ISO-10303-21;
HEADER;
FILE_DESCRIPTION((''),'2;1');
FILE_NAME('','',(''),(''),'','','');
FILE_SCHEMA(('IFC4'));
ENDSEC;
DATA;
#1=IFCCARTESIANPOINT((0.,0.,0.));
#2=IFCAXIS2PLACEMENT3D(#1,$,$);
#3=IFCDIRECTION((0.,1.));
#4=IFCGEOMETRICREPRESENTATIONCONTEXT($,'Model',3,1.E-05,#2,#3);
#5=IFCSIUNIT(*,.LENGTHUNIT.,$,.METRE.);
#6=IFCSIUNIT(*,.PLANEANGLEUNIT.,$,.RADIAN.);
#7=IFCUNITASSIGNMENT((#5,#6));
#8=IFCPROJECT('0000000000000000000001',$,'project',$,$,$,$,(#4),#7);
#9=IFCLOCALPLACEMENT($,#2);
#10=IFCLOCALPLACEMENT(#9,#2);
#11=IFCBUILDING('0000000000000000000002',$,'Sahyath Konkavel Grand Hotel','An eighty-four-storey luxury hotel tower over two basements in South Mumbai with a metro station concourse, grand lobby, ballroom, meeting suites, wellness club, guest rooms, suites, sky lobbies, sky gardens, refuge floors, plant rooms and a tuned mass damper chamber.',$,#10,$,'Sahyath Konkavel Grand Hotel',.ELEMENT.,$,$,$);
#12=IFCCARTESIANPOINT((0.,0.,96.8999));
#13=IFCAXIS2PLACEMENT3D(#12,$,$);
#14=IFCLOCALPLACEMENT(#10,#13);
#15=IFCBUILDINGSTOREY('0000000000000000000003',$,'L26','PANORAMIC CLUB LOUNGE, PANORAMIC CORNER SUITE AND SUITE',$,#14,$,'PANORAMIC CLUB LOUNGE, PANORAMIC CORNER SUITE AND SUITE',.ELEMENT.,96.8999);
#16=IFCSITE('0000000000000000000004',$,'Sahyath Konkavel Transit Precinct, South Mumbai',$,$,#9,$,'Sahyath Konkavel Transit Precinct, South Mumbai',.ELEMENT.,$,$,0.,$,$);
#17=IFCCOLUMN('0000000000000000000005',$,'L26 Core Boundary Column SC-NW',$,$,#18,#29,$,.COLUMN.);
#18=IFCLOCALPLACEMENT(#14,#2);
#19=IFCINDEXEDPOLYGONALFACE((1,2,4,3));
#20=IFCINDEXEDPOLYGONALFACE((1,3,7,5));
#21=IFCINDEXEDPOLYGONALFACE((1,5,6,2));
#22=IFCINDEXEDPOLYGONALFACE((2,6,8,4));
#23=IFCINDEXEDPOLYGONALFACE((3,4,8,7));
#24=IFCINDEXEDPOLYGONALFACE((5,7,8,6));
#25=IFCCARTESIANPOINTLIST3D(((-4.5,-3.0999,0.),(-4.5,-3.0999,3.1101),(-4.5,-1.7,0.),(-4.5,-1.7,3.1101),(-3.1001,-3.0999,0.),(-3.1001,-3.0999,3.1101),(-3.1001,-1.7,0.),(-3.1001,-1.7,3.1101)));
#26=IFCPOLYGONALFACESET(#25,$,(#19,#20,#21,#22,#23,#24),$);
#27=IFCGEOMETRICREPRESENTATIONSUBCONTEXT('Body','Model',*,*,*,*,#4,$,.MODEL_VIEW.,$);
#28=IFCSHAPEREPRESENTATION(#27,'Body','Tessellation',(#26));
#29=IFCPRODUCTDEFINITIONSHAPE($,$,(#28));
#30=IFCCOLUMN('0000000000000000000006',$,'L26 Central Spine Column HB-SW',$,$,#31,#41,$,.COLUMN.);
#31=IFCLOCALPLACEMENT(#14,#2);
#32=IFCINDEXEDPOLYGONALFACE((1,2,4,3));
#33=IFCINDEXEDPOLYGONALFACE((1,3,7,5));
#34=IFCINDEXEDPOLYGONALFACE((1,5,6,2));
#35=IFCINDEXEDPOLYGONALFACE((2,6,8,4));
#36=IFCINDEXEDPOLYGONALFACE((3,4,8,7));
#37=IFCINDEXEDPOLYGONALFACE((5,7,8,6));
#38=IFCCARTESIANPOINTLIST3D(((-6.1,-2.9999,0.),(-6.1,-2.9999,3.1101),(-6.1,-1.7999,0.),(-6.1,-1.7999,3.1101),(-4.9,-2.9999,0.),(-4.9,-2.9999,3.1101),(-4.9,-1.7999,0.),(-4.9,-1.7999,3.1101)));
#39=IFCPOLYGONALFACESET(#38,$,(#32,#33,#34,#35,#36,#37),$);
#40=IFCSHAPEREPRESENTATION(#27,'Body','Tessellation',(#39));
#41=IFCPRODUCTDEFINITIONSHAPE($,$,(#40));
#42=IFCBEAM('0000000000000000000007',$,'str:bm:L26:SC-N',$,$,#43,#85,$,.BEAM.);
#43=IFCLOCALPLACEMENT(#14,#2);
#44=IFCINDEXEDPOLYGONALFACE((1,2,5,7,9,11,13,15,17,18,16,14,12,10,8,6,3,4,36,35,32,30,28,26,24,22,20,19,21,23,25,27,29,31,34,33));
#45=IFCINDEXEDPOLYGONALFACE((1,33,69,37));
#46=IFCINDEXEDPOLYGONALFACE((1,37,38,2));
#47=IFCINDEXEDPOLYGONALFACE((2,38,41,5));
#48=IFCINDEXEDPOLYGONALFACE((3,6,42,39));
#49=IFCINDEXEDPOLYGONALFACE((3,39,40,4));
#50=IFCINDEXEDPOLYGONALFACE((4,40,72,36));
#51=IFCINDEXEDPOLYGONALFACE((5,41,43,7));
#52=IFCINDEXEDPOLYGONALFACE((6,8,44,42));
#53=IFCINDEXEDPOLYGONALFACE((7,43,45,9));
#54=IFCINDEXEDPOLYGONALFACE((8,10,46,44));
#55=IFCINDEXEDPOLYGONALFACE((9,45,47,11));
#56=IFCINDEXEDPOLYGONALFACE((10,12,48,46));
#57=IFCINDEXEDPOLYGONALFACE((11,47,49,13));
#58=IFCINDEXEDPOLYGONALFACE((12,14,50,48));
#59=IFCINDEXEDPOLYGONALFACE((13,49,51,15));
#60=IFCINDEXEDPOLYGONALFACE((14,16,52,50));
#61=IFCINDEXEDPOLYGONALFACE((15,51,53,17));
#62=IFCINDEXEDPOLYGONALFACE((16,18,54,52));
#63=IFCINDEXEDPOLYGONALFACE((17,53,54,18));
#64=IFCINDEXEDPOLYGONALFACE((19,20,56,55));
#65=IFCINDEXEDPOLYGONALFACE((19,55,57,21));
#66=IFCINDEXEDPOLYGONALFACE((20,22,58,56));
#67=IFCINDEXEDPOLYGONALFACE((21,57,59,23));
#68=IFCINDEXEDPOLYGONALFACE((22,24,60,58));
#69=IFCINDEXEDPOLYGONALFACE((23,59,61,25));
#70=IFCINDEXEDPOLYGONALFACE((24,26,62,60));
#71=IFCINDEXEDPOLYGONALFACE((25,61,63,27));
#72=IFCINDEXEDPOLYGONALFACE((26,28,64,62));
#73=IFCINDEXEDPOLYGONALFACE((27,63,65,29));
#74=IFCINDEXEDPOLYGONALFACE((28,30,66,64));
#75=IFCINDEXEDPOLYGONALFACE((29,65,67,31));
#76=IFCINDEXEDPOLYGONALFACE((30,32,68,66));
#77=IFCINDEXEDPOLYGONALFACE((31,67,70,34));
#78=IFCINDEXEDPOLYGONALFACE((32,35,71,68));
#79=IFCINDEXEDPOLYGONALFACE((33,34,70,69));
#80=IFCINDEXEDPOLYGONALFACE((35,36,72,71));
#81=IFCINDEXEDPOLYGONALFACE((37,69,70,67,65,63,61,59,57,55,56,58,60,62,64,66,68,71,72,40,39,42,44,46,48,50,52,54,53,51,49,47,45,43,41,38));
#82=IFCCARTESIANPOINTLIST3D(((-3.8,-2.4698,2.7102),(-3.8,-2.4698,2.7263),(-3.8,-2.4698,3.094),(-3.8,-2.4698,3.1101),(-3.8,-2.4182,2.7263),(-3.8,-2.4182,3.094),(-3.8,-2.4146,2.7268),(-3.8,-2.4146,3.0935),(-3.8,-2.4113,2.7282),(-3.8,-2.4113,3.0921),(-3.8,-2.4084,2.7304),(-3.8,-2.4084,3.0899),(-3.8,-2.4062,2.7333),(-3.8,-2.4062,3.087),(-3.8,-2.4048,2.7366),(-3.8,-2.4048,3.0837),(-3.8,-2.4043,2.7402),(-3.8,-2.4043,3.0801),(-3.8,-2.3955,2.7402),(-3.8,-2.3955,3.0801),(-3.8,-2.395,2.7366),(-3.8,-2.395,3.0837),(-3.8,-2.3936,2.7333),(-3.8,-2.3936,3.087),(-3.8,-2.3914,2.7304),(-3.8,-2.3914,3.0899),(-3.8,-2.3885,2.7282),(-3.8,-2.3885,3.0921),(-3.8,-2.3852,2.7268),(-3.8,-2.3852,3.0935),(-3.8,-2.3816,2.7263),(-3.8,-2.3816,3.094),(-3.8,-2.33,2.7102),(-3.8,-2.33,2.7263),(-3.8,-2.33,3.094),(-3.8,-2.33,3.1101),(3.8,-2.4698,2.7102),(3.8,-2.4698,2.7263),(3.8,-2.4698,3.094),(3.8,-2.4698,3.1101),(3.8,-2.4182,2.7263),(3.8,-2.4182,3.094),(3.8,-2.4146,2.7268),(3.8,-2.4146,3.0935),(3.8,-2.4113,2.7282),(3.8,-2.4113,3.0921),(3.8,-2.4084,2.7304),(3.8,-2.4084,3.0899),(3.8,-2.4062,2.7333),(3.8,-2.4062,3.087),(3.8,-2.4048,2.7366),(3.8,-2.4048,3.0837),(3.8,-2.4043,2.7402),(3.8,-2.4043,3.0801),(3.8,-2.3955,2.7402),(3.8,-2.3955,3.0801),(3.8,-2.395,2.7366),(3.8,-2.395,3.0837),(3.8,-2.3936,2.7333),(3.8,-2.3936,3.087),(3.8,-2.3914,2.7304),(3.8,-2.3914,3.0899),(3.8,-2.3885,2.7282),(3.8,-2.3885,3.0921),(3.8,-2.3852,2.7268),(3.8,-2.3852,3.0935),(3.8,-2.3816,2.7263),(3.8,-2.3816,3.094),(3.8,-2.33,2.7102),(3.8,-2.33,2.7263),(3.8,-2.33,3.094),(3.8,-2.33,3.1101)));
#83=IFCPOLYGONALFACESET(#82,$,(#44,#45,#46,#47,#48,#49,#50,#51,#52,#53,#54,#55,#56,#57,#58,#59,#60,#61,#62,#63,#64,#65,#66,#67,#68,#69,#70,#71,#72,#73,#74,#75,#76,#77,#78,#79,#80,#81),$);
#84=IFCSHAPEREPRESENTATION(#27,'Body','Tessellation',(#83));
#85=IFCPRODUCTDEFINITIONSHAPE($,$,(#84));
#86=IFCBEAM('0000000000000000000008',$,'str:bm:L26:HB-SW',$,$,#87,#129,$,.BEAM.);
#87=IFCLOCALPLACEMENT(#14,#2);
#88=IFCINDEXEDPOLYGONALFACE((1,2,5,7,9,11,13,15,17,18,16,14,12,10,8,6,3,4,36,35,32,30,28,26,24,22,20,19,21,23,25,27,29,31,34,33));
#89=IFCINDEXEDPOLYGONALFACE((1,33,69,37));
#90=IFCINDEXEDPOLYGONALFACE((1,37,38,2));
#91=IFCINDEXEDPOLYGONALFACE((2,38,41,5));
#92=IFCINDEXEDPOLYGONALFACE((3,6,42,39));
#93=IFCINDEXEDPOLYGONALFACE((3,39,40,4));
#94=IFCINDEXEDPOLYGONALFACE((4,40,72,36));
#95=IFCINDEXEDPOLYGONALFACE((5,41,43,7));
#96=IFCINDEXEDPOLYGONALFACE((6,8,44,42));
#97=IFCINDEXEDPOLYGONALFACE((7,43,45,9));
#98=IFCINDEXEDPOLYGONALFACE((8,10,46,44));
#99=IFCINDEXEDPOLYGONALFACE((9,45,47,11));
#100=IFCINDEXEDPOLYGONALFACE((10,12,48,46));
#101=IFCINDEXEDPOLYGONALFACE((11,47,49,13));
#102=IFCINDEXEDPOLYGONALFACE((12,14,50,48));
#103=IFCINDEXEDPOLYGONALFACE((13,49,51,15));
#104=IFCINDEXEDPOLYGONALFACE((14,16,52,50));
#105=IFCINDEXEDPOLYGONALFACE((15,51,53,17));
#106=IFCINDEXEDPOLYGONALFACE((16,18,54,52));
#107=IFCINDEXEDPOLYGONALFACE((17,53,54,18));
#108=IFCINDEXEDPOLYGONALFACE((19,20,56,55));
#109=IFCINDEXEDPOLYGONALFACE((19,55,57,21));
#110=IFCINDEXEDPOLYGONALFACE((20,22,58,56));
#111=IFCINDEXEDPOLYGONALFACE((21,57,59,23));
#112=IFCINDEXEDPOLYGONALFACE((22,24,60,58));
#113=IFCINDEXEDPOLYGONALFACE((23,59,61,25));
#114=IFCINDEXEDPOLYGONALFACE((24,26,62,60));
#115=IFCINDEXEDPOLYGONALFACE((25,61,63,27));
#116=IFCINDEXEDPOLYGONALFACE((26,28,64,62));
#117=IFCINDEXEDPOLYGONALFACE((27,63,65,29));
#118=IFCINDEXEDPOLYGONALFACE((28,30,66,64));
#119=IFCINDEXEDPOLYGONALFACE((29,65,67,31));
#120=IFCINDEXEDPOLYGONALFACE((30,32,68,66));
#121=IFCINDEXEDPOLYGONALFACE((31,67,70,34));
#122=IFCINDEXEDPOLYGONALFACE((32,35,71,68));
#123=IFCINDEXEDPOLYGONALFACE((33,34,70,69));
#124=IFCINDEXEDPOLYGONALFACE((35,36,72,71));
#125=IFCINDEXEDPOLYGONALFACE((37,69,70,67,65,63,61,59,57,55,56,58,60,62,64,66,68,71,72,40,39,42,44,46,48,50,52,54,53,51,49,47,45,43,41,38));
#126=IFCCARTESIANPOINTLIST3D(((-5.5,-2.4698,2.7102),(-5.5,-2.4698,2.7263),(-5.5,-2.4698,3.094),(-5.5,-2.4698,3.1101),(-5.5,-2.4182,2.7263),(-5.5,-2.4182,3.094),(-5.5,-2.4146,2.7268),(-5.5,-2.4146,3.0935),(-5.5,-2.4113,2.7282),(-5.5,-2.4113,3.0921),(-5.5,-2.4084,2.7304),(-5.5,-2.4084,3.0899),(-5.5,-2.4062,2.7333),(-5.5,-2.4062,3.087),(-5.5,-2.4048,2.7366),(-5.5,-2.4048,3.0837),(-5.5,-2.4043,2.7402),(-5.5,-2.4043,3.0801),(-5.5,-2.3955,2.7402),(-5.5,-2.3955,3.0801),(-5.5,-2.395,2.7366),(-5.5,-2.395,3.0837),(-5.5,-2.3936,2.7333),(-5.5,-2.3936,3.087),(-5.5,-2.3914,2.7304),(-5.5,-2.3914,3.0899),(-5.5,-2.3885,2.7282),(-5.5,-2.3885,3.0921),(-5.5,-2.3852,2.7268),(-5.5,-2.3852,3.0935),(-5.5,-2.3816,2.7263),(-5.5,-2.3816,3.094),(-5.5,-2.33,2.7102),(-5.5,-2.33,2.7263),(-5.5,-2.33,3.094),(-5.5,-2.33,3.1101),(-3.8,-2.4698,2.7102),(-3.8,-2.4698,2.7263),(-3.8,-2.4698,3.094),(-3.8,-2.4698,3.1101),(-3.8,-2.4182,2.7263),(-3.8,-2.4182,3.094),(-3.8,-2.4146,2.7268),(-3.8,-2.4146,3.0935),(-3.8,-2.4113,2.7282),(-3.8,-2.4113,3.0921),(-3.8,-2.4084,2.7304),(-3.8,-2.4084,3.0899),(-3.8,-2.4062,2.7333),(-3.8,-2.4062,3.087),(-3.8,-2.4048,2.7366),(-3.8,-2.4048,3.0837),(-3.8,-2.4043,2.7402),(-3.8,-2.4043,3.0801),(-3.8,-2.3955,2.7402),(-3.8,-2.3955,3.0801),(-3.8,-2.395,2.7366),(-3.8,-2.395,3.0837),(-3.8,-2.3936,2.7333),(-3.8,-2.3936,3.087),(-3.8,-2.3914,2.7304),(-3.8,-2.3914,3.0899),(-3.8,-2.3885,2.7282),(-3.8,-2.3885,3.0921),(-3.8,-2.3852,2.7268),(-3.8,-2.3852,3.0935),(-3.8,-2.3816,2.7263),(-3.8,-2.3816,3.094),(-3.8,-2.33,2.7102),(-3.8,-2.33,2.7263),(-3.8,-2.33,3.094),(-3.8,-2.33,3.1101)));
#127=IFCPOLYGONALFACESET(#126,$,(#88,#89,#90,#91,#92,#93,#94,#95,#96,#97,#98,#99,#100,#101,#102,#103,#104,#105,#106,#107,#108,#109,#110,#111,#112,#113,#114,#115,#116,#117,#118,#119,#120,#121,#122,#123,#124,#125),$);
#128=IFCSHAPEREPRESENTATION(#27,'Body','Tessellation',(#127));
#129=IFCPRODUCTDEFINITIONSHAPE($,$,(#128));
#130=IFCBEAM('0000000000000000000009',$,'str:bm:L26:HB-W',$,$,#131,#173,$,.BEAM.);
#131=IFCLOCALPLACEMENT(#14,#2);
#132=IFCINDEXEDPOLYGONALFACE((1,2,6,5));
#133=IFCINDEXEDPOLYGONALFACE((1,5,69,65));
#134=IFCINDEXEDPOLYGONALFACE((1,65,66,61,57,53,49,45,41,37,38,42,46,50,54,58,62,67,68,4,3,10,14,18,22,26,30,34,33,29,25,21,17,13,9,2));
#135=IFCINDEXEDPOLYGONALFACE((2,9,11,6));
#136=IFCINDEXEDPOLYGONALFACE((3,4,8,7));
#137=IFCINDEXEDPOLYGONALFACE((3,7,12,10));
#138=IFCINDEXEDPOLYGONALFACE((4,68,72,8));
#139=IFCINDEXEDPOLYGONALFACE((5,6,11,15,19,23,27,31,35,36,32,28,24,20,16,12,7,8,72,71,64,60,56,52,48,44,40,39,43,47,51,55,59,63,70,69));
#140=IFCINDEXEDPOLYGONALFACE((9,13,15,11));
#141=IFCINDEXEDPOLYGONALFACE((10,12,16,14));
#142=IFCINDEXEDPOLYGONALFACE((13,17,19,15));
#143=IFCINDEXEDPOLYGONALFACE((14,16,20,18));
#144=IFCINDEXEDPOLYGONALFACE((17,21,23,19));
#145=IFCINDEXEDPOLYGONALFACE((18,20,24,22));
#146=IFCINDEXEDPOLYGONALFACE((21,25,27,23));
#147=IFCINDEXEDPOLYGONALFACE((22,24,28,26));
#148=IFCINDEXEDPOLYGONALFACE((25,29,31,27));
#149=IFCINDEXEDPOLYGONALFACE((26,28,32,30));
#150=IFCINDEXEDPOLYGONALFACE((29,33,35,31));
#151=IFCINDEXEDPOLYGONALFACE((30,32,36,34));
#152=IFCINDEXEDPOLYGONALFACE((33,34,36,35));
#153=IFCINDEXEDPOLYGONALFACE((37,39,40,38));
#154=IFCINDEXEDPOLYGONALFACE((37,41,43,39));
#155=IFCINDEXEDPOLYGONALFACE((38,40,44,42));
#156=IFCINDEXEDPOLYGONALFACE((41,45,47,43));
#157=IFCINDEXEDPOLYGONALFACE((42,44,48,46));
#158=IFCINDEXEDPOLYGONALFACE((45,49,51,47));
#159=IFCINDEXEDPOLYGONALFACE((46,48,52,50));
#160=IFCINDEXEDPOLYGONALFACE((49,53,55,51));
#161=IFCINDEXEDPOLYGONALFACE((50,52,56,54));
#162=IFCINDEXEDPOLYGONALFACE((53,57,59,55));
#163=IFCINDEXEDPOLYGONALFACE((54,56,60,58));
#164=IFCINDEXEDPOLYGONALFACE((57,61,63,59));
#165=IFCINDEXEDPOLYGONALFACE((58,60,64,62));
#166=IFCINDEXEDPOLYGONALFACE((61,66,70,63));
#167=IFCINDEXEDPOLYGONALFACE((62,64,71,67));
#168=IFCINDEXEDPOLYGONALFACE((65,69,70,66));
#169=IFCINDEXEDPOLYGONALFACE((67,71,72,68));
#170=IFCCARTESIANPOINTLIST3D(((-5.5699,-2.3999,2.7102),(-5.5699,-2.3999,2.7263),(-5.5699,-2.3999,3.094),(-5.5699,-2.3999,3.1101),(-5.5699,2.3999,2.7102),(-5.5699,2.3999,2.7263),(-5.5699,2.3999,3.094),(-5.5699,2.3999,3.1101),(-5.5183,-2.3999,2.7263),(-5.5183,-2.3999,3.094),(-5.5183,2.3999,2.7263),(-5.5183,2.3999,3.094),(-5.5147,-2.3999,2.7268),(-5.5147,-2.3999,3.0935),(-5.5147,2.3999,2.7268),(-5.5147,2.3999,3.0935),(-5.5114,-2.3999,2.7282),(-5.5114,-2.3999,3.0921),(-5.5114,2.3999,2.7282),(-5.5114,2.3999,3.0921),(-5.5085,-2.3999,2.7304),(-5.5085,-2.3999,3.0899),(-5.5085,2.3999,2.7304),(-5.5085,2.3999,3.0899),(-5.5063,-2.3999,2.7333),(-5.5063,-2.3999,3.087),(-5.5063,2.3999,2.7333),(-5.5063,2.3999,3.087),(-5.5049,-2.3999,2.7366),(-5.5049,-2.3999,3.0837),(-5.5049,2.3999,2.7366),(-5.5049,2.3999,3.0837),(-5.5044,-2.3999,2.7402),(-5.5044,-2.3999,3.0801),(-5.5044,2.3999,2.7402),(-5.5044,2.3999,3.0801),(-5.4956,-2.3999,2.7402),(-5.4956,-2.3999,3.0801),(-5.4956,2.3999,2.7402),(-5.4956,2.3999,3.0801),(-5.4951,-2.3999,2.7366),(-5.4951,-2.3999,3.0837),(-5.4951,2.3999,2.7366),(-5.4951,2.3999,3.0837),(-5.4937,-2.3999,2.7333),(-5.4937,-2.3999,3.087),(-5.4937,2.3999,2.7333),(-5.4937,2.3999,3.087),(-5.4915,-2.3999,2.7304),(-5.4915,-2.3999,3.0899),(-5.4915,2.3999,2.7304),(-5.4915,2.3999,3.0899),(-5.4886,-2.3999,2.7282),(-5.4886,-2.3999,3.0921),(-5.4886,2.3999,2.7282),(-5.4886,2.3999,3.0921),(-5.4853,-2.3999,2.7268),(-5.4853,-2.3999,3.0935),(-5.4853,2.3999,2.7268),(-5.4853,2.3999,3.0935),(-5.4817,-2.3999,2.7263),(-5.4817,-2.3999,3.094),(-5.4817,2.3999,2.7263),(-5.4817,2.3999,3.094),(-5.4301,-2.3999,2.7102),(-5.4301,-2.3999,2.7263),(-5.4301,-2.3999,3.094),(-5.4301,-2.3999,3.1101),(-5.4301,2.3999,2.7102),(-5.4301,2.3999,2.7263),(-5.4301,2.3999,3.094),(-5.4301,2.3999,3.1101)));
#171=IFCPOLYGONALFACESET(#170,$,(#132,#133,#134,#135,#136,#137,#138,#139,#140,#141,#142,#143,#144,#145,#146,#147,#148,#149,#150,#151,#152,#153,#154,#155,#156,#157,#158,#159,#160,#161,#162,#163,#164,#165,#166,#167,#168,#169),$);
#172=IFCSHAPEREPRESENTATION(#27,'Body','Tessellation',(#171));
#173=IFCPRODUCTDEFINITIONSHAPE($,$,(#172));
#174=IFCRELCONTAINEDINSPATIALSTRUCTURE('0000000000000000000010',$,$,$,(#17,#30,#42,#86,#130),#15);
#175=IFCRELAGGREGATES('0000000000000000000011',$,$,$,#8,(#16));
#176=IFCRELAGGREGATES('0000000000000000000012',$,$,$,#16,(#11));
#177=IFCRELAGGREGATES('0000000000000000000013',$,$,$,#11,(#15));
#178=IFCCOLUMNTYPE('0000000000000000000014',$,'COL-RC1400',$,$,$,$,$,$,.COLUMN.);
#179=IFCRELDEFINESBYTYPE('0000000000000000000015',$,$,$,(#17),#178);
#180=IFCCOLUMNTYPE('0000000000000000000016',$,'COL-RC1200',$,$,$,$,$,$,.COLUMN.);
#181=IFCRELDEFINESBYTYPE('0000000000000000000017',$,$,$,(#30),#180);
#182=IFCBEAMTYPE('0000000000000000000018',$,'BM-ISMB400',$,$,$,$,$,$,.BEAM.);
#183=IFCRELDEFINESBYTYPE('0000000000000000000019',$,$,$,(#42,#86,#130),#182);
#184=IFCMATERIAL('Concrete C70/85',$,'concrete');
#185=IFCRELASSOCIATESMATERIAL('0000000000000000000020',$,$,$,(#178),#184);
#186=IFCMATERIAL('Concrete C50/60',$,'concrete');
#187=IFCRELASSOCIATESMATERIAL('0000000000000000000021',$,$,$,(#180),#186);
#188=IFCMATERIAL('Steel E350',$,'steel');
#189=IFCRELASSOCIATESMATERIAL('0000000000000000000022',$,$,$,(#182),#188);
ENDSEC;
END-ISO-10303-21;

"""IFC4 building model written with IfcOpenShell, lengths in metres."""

from ifc_helpers import new_model, si_unit, direction, frame, origin, origin_2d, place, context, subcontext, project, spatial, rectangle, i_section, extrude, source, transform, mapped, material, material_profile, profile_set, type_object, element, save


model = new_model("IFC4")

# Units and contexts
model_context = context("Model", 3, precision=1e-05, world=origin(), true_north=direction((0.0, 1.0)))
body_context = subcontext(model_context, "Body", "Model", "MODEL_VIEW")
ifc_project = project(units=[si_unit("LENGTHUNIT", "METRE"), si_unit("PLANEANGLEUNIT", "RADIAN")], contexts=[model_context])

# Site, building, storey
site_placement = place(None, origin())
site = spatial("IfcSite", under=ifc_project, at=site_placement, Name="Sahyath Konkavel Transit Precinct, South Mumbai", LongName="Sahyath Konkavel Transit Precinct, South Mumbai", CompositionType="ELEMENT", RefElevation=0.0)
building_placement = place(site_placement, origin())
building = spatial("IfcBuilding", under=site, at=building_placement, Name="Sahyath Konkavel Grand Hotel", Description="An eighty-four-storey luxury hotel tower over two basements in South Mumbai with a metro station concourse, grand lobby, ballroom, meeting suites, wellness club, guest rooms, suites, sky lobbies, sky gardens, refuge floors, plant rooms and a tuned mass damper chamber.", LongName="Sahyath Konkavel Grand Hotel", CompositionType="ELEMENT")
storey_placement = place(building_placement, frame((0.0, 0.0, 96.8999)))
storey = spatial("IfcBuildingStorey", under=building, at=storey_placement, Name="L26", Description="PANORAMIC CLUB LOUNGE, PANORAMIC CORNER SUITE AND SUITE", LongName="PANORAMIC CLUB LOUNGE, PANORAMIC CORNER SUITE AND SUITE", CompositionType="ELEMENT", Elevation=96.8999)

# Columns
ifc_material_1 = material(Name="Concrete C70/85", Category="concrete")
ifc_material_profile_1 = material_profile(ifc_material_1, rectangle(XDim=1.3999, YDim=1.3999, at=origin_2d()), Name="RC 1400x1400")
ifc_profile_set_1 = profile_set([ifc_material_profile_1], Name="Concrete C70/85")
column_type_1 = type_object("IfcColumnType", Name="COL-RC1400", PredefinedType="COLUMN", material=ifc_profile_set_1)
shared_shape_1 = source(origin(), body_context, "Body", "SweptSolid", [
    extrude(rectangle(XDim=1.3999, YDim=1.3999, at=origin_2d()), origin(), (0.0, 0.0, 1.0), 3.1101),
])
column_1_placement = place(storey_placement, frame((-3.8, -2.3999, 0.0), z_axis=(0.0, 0.0, 1.0), x_axis=(1.0, 0.0, 0.0)))
element("IfcColumn", 1, at=column_1_placement, inside=storey, type_object=column_type_1, Name="L26 Core Boundary Column SC-NW", PredefinedType="COLUMN", context=body_context, shape_type="MappedRepresentation", body=[
    mapped(shared_shape_1, transform((0.0, 0.0, 0.0), scale=1.0)),
])
ifc_material_2 = material(Name="Concrete C50/60", Category="concrete")
ifc_material_profile_2 = material_profile(ifc_material_2, rectangle(XDim=1.2, YDim=1.2, at=origin_2d()), Name="RC 1200x1200")
ifc_profile_set_2 = profile_set([ifc_material_profile_2], Name="Concrete C50/60")
column_type_2 = type_object("IfcColumnType", Name="COL-RC1200", PredefinedType="COLUMN", material=ifc_profile_set_2)
shared_shape_2 = source(origin(), body_context, "Body", "SweptSolid", [
    extrude(rectangle(XDim=1.2, YDim=1.2, at=origin_2d()), origin(), (0.0, 0.0, 1.0), 3.1101),
])
column_2_placement = place(storey_placement, frame((-5.5, -2.3999, 0.0), z_axis=(0.0, 0.0, 1.0), x_axis=(1.0, 0.0, 0.0)))
element("IfcColumn", 2, at=column_2_placement, inside=storey, type_object=column_type_2, Name="L26 Central Spine Column HB-SW", PredefinedType="COLUMN", context=body_context, shape_type="MappedRepresentation", body=[
    mapped(shared_shape_2, transform((0.0, 0.0, 0.0), scale=1.0)),
])

# Beams
ifc_material_3 = material(Name="Steel E350", Category="steel")
ifc_material_profile_3 = material_profile(ifc_material_3, i_section(OverallWidth=0.1399, OverallDepth=0.3999, WebThickness=0.0088, FlangeThickness=0.0161, FilletRadius=0.0139, at=origin_2d()), Name="ISMB 400")
ifc_profile_set_3 = profile_set([ifc_material_profile_3], Name="Steel E350")
beam_type_1 = type_object("IfcBeamType", Name="BM-ISMB400", PredefinedType="BEAM", material=ifc_profile_set_3)
shared_shape_3 = source(origin(), body_context, "Body", "SweptSolid", [
    extrude(i_section(OverallWidth=0.1399, OverallDepth=0.3999, WebThickness=0.0088, FlangeThickness=0.0161, FilletRadius=0.0139, at=origin_2d()), origin(), (0.0, 0.0, 1.0), 7.6001),
])
beam_1_placement = place(storey_placement, frame((-3.8, -2.3999, 2.9102), z_axis=(1.0, 0.0, 0.0), x_axis=(0.0, 1.0, 0.0)))
element("IfcBeam", 3, at=beam_1_placement, inside=storey, type_object=beam_type_1, Name="str:bm:L26:SC-N", PredefinedType="BEAM", context=body_context, shape_type="MappedRepresentation", body=[
    mapped(shared_shape_3, transform((0.0, 0.0, 0.0), scale=1.0)),
])
shared_shape_4 = source(origin(), body_context, "Body", "SweptSolid", [
    extrude(i_section(OverallWidth=0.1399, OverallDepth=0.3999, WebThickness=0.0088, FlangeThickness=0.0161, FilletRadius=0.0139, at=origin_2d()), origin(), (0.0, 0.0, 1.0), 1.7),
])
beam_2_placement = place(storey_placement, frame((-5.5, -2.3999, 2.9102), z_axis=(1.0, 0.0, 0.0), x_axis=(0.0, 1.0, 0.0)))
element("IfcBeam", 4, at=beam_2_placement, inside=storey, type_object=beam_type_1, Name="str:bm:L26:HB-SW", PredefinedType="BEAM", context=body_context, shape_type="MappedRepresentation", body=[
    mapped(shared_shape_4, transform((0.0, 0.0, 0.0), scale=1.0)),
])
shared_shape_5 = source(origin(), body_context, "Body", "SweptSolid", [
    extrude(i_section(OverallWidth=0.1399, OverallDepth=0.3999, WebThickness=0.0088, FlangeThickness=0.0161, FilletRadius=0.0139, at=origin_2d()), origin(), (0.0, 0.0, 1.0), 4.7998),
])
beam_3_placement = place(storey_placement, frame((-5.5, -2.3999, 2.9102), z_axis=(0.0, 1.0, 0.0), x_axis=(-1.0, 0.0, 0.0)))
element("IfcBeam", 5, at=beam_3_placement, inside=storey, type_object=beam_type_1, Name="str:bm:L26:HB-W", PredefinedType="BEAM", context=body_context, shape_type="MappedRepresentation", body=[
    mapped(shared_shape_5, transform((0.0, 0.0, 0.0), scale=1.0)),
])

save(model, "model.ifc")
